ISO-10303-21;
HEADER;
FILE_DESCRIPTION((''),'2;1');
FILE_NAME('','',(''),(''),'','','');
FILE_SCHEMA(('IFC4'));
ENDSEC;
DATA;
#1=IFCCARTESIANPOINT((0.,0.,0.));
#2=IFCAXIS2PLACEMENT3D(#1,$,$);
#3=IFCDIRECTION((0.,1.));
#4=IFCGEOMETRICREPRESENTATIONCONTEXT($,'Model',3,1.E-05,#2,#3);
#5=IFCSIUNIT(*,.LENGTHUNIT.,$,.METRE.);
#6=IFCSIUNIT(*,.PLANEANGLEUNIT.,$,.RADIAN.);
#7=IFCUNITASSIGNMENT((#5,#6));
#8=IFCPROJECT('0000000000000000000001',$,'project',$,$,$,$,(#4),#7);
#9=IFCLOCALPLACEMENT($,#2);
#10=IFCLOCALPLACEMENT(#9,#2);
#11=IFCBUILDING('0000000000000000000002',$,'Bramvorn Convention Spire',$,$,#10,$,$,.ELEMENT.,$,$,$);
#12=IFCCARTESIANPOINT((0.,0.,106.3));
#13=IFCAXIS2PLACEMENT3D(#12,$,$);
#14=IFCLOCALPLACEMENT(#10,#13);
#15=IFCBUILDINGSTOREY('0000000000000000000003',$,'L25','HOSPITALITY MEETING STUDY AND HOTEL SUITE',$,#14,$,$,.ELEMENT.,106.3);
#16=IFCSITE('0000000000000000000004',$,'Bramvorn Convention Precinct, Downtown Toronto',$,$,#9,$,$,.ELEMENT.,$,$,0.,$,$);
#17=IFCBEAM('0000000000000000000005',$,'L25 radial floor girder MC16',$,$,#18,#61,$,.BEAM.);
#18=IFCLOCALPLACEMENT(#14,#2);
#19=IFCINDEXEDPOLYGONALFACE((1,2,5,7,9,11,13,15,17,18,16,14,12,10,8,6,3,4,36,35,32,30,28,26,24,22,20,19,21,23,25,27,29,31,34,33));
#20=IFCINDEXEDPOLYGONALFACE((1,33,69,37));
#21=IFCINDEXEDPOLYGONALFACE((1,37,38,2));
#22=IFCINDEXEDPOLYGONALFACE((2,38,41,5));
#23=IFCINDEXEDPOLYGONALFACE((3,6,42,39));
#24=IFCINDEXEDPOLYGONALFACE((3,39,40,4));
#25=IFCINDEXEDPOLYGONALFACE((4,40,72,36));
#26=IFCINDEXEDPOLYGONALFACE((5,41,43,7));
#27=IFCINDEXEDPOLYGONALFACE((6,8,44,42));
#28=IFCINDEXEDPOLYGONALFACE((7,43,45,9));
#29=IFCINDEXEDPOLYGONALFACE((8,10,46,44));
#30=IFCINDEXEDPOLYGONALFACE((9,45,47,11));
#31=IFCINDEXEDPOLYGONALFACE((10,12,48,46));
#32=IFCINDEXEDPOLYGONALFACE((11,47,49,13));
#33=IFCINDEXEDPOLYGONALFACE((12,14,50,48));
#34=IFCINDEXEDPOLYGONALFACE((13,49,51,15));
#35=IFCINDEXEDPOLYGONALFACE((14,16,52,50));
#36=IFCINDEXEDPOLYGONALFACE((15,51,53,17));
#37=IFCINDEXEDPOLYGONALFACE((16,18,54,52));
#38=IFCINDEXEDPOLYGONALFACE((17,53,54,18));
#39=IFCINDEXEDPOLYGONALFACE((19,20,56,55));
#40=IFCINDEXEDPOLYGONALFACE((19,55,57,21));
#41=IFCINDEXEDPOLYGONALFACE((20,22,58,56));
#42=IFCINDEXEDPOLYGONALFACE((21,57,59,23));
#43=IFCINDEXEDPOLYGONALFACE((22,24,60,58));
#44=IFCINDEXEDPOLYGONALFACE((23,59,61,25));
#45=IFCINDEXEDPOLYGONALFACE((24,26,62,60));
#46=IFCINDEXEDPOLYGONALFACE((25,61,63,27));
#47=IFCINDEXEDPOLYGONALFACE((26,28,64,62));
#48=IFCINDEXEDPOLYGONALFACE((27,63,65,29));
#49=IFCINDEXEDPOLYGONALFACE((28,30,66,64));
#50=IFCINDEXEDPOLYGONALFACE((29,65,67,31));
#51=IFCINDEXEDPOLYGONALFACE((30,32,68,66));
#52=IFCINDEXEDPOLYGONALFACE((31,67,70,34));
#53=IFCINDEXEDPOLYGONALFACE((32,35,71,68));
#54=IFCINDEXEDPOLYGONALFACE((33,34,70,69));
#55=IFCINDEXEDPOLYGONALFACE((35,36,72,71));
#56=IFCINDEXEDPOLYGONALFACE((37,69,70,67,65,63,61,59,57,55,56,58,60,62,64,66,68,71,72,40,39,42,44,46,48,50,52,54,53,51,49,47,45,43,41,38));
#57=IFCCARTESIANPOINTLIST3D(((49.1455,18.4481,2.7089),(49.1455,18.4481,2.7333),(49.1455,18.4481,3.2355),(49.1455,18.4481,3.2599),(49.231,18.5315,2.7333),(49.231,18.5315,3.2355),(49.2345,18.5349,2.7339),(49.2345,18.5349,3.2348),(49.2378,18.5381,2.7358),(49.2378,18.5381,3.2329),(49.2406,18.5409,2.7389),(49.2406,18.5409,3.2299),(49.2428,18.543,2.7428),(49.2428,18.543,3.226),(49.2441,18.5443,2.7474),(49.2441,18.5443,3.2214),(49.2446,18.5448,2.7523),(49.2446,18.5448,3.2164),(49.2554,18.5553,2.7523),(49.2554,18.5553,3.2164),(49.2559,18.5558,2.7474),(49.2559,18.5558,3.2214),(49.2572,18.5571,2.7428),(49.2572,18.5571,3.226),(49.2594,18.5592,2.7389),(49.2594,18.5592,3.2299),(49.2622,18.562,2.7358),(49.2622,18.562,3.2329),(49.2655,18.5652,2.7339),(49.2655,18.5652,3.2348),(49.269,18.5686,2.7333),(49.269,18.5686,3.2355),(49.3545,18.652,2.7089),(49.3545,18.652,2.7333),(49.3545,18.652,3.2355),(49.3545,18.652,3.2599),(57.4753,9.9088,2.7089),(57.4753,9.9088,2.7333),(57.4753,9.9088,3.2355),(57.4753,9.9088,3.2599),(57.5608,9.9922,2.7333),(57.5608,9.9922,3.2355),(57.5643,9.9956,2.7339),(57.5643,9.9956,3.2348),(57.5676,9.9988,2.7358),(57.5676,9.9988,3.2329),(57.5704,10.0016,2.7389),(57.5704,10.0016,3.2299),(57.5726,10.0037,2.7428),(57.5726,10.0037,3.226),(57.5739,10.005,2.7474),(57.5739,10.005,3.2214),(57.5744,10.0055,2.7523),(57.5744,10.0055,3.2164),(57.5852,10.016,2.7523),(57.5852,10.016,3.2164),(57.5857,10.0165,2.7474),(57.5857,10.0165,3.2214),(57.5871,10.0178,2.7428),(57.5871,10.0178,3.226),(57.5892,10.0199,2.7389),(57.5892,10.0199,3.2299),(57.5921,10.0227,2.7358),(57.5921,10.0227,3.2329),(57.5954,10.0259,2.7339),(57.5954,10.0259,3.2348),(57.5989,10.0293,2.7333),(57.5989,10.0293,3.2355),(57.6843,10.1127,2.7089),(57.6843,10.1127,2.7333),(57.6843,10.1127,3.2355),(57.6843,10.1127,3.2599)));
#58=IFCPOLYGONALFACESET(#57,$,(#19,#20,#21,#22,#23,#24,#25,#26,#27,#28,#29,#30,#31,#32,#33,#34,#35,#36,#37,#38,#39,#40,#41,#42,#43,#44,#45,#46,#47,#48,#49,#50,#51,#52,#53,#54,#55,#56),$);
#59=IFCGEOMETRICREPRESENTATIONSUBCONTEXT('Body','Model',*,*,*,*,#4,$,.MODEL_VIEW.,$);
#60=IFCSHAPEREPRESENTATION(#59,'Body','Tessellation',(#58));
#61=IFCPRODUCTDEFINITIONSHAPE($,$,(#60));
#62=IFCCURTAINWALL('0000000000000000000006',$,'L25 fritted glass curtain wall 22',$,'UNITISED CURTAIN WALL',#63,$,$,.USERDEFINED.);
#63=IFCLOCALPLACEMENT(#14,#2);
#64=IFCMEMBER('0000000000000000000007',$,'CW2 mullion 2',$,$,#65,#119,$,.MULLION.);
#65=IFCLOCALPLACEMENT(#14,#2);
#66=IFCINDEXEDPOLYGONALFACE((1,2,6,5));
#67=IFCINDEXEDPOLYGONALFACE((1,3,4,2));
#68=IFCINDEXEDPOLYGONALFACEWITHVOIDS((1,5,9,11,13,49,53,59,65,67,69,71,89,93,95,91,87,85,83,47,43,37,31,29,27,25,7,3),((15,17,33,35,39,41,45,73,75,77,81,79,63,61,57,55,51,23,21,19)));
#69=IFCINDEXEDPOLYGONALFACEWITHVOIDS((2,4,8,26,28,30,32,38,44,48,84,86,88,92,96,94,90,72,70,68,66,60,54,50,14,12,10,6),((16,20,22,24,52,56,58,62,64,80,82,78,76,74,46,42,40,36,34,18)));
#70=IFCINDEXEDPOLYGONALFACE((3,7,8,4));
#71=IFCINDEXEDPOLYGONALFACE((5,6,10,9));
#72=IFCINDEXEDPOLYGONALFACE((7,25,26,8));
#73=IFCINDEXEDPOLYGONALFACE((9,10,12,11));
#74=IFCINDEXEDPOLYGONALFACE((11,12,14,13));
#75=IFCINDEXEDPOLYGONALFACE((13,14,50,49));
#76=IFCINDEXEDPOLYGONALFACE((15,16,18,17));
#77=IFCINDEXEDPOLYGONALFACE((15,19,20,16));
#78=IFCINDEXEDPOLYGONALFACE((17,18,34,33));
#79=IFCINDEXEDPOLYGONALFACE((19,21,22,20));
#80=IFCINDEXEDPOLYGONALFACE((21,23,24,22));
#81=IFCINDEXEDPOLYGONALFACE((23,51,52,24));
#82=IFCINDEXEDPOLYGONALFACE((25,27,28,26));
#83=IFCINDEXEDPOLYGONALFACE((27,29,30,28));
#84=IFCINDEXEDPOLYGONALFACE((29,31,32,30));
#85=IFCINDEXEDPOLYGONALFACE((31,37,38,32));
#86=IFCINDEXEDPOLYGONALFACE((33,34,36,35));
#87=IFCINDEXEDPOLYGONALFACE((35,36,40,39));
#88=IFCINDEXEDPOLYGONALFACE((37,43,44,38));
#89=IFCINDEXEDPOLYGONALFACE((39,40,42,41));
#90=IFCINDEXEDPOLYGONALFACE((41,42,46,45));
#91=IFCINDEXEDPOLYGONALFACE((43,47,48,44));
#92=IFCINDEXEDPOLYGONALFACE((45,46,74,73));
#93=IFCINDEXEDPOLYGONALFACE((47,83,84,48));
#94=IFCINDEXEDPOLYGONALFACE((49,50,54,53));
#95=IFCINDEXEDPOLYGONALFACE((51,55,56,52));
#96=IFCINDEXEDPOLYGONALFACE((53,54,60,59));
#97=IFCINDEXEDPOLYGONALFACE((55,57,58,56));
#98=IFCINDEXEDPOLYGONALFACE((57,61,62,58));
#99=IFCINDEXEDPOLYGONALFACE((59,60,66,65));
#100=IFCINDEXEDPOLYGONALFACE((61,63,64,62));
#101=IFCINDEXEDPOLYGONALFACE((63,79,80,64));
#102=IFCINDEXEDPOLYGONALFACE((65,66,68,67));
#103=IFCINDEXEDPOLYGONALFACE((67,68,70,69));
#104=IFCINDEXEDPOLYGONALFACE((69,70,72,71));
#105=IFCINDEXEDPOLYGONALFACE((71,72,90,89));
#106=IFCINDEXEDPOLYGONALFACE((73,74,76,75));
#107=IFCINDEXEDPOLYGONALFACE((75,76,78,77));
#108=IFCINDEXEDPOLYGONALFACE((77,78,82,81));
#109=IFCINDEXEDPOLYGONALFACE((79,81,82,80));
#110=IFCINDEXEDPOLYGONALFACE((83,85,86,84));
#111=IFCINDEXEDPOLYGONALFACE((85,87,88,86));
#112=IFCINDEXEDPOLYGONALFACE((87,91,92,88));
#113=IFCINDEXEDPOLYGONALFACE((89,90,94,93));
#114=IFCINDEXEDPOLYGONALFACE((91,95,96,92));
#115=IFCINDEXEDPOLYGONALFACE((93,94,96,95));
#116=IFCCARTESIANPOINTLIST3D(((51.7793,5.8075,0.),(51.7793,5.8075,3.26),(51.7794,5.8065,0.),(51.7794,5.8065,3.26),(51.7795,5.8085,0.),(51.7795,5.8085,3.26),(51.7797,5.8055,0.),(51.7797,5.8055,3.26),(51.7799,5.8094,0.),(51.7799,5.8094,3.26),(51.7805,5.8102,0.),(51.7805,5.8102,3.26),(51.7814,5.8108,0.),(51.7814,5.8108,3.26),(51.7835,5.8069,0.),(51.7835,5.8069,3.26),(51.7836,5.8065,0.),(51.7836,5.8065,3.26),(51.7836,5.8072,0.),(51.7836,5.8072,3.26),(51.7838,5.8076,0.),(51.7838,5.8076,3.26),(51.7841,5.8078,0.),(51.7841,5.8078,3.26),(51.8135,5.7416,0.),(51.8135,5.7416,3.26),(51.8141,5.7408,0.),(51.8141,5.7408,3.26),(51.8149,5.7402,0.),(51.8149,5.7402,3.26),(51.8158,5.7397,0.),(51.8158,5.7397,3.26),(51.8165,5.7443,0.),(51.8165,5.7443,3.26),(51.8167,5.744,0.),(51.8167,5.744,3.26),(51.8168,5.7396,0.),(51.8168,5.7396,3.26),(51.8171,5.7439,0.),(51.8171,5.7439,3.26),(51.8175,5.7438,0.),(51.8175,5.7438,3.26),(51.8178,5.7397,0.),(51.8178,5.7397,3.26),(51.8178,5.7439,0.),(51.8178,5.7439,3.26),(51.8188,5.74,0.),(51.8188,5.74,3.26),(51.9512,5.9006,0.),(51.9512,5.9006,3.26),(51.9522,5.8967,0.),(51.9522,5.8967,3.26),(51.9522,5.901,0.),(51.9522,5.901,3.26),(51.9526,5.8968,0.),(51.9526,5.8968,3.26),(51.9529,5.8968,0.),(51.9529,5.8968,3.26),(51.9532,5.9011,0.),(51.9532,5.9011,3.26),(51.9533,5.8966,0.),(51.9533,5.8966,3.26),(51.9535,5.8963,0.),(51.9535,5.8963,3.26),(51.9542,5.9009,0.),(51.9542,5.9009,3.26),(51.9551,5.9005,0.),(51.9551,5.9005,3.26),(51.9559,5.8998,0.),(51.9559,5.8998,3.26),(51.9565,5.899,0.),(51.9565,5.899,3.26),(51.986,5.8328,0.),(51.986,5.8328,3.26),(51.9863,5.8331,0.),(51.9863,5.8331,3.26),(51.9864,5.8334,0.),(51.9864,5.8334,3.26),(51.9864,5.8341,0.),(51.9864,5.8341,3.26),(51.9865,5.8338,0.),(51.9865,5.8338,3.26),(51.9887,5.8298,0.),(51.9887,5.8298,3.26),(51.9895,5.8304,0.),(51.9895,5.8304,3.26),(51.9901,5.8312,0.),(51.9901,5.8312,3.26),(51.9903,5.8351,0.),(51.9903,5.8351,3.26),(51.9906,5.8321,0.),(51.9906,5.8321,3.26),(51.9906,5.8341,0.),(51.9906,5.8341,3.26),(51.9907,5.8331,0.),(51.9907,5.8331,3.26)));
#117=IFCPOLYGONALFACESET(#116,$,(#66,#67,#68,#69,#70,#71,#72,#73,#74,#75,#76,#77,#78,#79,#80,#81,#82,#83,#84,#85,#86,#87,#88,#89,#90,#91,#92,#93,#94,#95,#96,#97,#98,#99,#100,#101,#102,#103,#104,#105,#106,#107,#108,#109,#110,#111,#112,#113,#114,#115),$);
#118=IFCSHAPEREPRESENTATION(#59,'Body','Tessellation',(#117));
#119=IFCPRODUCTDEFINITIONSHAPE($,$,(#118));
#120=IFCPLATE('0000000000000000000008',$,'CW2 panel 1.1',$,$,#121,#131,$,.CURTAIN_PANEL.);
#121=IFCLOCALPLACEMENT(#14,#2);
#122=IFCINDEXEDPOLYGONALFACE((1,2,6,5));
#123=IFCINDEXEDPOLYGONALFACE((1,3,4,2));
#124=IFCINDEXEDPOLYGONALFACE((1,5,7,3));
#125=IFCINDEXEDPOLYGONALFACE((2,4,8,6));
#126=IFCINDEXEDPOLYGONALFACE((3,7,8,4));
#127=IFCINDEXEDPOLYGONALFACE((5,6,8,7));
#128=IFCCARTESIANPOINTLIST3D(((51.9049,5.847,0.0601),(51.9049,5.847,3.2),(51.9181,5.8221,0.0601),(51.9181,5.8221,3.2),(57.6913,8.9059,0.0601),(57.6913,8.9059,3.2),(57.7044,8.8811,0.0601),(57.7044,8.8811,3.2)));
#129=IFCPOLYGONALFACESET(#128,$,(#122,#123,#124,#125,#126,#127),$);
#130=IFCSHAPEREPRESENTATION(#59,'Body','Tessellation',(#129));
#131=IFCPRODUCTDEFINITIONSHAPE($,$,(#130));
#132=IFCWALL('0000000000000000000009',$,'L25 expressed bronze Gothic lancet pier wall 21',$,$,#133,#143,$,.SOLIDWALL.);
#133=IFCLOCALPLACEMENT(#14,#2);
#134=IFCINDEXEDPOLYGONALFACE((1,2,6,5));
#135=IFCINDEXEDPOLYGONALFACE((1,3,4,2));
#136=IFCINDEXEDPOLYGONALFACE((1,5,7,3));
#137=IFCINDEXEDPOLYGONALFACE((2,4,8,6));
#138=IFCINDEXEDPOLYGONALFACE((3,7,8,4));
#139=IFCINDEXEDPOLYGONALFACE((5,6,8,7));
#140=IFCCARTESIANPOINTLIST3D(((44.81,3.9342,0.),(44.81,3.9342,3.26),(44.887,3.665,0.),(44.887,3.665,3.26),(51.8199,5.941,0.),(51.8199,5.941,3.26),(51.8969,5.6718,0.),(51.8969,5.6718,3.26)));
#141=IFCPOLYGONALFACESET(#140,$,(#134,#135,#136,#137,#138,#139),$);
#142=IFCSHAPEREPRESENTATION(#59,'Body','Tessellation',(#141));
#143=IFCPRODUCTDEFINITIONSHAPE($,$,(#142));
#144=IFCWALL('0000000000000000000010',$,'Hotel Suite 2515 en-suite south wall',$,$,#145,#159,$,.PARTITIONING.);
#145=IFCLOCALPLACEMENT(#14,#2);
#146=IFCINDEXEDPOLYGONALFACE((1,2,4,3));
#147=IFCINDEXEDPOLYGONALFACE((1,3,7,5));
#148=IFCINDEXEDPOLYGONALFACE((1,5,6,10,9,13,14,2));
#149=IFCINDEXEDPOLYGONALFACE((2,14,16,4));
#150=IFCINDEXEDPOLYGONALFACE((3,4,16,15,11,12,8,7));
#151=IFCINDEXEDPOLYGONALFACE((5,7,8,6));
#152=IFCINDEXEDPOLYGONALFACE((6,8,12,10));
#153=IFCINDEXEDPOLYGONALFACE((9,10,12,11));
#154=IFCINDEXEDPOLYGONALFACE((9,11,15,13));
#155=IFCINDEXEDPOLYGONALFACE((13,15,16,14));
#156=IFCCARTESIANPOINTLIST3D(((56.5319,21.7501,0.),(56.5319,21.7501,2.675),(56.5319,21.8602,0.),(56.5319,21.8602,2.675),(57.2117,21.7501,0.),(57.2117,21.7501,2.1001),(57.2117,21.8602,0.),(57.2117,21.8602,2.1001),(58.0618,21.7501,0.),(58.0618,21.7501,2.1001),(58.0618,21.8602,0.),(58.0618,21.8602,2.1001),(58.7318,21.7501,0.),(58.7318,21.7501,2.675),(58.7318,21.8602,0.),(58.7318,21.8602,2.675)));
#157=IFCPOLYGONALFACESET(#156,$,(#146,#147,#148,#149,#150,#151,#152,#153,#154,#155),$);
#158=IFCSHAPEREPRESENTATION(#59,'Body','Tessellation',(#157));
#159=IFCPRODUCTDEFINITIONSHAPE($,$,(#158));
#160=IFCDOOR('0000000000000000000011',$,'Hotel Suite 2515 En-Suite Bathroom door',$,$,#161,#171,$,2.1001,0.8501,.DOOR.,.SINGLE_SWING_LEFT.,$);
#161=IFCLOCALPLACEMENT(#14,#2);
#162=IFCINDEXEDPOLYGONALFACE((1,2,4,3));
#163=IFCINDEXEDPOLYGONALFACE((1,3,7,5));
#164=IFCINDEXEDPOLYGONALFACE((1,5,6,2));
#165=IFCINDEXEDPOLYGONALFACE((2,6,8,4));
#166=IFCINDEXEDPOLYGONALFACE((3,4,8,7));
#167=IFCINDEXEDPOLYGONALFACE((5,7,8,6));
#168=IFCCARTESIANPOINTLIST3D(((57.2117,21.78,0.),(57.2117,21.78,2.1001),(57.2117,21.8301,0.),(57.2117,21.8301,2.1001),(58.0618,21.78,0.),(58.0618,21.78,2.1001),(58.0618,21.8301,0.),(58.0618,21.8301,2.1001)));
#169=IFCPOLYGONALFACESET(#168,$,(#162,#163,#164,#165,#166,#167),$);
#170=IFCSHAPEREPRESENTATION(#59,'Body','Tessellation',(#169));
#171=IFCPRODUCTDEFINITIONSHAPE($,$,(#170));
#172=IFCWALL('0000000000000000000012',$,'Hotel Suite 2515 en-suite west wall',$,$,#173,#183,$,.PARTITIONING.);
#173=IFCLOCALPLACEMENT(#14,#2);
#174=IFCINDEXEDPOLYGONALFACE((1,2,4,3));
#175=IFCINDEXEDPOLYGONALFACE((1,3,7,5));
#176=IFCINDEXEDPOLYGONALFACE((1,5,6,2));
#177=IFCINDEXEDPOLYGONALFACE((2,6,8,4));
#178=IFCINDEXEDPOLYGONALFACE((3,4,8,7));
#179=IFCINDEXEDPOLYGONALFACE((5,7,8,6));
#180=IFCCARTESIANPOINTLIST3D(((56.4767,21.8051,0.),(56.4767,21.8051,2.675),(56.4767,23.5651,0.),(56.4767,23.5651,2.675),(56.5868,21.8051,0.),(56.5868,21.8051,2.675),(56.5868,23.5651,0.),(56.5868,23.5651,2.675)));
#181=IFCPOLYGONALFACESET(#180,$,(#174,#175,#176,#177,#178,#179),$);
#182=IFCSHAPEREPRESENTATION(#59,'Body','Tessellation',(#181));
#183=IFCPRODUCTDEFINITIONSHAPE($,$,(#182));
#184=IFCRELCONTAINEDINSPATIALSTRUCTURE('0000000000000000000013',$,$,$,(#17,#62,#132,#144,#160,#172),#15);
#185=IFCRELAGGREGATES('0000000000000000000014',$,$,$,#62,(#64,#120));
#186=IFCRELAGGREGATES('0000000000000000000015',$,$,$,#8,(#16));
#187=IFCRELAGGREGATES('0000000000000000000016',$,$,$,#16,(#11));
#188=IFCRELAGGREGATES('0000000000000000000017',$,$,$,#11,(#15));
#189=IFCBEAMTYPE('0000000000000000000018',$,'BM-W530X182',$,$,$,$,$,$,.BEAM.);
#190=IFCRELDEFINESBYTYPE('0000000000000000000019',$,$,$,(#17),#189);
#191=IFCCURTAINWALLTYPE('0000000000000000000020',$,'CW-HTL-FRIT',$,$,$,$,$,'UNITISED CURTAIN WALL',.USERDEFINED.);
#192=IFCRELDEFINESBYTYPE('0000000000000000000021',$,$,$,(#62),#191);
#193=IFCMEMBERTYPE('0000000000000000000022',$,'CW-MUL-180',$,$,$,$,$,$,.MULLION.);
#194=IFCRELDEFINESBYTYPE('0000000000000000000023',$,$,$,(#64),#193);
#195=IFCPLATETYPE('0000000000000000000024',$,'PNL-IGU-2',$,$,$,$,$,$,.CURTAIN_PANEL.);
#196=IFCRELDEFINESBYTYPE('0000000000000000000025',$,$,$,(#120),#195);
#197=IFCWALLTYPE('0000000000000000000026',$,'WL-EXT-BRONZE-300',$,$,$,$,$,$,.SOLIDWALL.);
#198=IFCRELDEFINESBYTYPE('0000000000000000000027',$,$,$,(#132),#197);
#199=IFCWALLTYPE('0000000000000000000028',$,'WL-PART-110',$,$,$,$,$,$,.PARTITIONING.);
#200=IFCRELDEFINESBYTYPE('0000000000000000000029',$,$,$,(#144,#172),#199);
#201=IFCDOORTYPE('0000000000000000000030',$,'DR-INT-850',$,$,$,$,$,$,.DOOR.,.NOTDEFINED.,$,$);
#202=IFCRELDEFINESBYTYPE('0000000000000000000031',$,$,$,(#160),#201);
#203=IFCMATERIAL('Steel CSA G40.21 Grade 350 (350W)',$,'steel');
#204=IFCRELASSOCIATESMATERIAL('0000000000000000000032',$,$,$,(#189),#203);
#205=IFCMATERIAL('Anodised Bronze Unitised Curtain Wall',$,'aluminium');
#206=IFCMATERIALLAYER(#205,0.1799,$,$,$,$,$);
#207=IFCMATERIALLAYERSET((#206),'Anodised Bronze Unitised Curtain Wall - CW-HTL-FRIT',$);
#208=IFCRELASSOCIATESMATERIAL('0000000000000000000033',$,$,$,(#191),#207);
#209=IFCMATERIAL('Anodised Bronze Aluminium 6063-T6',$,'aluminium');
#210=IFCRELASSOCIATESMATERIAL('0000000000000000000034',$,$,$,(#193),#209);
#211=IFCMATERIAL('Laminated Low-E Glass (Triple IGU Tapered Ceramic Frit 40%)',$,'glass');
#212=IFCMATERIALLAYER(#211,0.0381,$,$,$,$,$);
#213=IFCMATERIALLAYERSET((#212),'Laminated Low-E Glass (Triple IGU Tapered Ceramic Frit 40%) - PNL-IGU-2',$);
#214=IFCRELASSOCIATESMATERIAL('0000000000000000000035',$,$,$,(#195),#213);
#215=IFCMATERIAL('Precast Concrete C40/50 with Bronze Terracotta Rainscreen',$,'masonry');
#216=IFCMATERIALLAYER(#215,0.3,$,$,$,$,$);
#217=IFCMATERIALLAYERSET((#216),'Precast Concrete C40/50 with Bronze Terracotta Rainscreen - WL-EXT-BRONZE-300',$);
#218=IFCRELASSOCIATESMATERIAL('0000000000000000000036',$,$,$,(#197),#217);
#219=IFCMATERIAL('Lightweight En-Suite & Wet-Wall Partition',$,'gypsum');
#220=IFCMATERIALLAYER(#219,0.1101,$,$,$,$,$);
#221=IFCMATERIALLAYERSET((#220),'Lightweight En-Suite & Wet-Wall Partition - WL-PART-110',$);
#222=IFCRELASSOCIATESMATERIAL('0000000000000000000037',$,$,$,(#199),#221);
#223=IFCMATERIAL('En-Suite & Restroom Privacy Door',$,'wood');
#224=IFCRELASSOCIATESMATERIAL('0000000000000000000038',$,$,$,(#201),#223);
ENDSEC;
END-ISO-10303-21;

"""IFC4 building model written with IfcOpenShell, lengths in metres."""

from ifc_helpers import new_model, si_unit, direction, frame, frame_2d, origin, origin_2d, place, context, subcontext, project, spatial, rectangle, hollow_rectangle, i_section, extrude, material, layer, layer_set, material_profile, profile_set, type_object, element, fill, aggregate, save


model = new_model("IFC4")

# Units and contexts
model_context = context("Model", 3, precision=1e-05, world=origin(), true_north=direction((0.0, 1.0)))
body_context = subcontext(model_context, "Body", "Model", "MODEL_VIEW")
ifc_project = project(units=[si_unit("LENGTHUNIT", "METRE"), si_unit("PLANEANGLEUNIT", "RADIAN")], contexts=[model_context])

# Site, building, storey
site_placement = place(None, origin())
site = spatial("IfcSite", under=ifc_project, at=site_placement, Name="Bramvorn Convention Precinct, Downtown Toronto", CompositionType="ELEMENT", RefElevation=0.0)
building_placement = place(site_placement, origin())
building = spatial("IfcBuilding", under=site, at=building_placement, Name="Bramvorn Convention Spire", CompositionType="ELEMENT")
storey_placement = place(building_placement, frame((0.0, 0.0, 106.3)))
storey = spatial("IfcBuildingStorey", under=building, at=storey_placement, Name="L25", Description="HOSPITALITY MEETING STUDY AND HOTEL SUITE", CompositionType="ELEMENT", Elevation=106.3)

# Shared definitions
ifc_material_1 = material(Name="Steel CSA G40.21 Grade 350 (350W)", Category="steel")

# Beam
ifc_material_profile_1 = material_profile(ifc_material_1, i_section(OverallWidth=0.292, OverallDepth=0.551, WebThickness=0.0151, FlangeThickness=0.0244, FilletRadius=0.019, at=origin_2d()))
ifc_profile_set_1 = profile_set([ifc_material_profile_1], Name="Steel CSA G40.21 Grade 350 (350W) - W530X182")
beam_type_1 = type_object("IfcBeamType", Name="BM-W530X182", PredefinedType="BEAM", material=ifc_profile_set_1)
beam_1_placement = place(storey_placement, frame((49.25, 18.55, 2.9844), z_axis=(0.698272, -0.715832, 0.0), x_axis=(0.715832, 0.698272, 0.0)))
element("IfcBeam", 1, at=beam_1_placement, inside=storey, type_object=beam_type_1, Name="L25 radial floor girder MC16", PredefinedType="BEAM", context=body_context, shape_type="SweptSolid", body=[
    extrude(i_section(OverallWidth=0.292, OverallDepth=0.551, WebThickness=0.0151, FlangeThickness=0.0244, FilletRadius=0.019, at=origin_2d()), origin(), (0.0, 0.0, 1.0), 11.9292),
])

# Curtain wall, member, plate
ifc_material_2 = material(Name="Anodised Bronze Unitised Curtain Wall", Category="aluminium")
ifc_layer_1 = layer(ifc_material_2, 0.1799)
ifc_layer_set_1 = layer_set([ifc_layer_1], Name="Anodised Bronze Unitised Curtain Wall - CW-HTL-FRIT")
curtain_wall_type = type_object("IfcCurtainWallType", Name="CW-HTL-FRIT", ElementType="UNITISED CURTAIN WALL", PredefinedType="USERDEFINED", material=ifc_layer_set_1)
curtain_wall_placement = place(storey_placement, origin())
curtain_wall = element("IfcCurtainWall", 2, at=curtain_wall_placement, inside=storey, type_object=curtain_wall_type, Name="L25 fritted glass curtain wall 22", ObjectType="UNITISED CURTAIN WALL", PredefinedType="USERDEFINED")
ifc_material_3 = material(Name="Anodised Bronze Aluminium 6063-T6", Category="aluminium")
ifc_material_profile_2 = material_profile(ifc_material_3, hollow_rectangle(XDim=0.0801, YDim=0.2, WallThickness=0.0039, InnerFilletRadius=0.001, OuterFilletRadius=0.0039, at=origin_2d()))
ifc_profile_set_2 = profile_set([ifc_material_profile_2], Name="Anodised Bronze Aluminium 6063-T6 - CWM80X200")
member_type = type_object("IfcMemberType", Name="CW-MUL-180", PredefinedType="MULLION", material=ifc_profile_set_2)
member_placement = place(storey_placement, frame((51.885, 5.8203, 0.0), z_axis=(0.0, 0.0, 1.0), x_axis=(0.46736, -0.884067, 0.0)))
member = element("IfcMember", 3, at=member_placement, type_object=member_type, Name="CW2 mullion 2", PredefinedType="MULLION", context=body_context, shape_type="SweptSolid", body=[
    extrude(hollow_rectangle(XDim=0.0801, YDim=0.2, WallThickness=0.0039, InnerFilletRadius=0.001, OuterFilletRadius=0.0039, at=origin_2d()), origin(), (0.0, 0.0, 1.0), 3.26),
])
ifc_material_4 = material(Name="Laminated Low-E Glass (Triple IGU Tapered Ceramic Frit 40%)", Category="glass")
ifc_layer_2 = layer(ifc_material_4, 0.0381)
ifc_layer_set_2 = layer_set([ifc_layer_2], Name="Laminated Low-E Glass (Triple IGU Tapered Ceramic Frit 40%) - PNL-IGU-2")
plate_type = type_object("IfcPlateType", Name="PNL-IGU-2", PredefinedType="CURTAIN_PANEL", material=ifc_layer_set_2)
plate_placement = place(storey_placement, frame((54.8047, 7.364, 0.0601), z_axis=(0.0, 0.0, 1.0), x_axis=(-0.884067, -0.46736, 0.0)))
plate = element("IfcPlate", 4, at=plate_placement, type_object=plate_type, Name="CW2 panel 1.1", PredefinedType="CURTAIN_PANEL", context=body_context, shape_type="SweptSolid", body=[
    extrude(rectangle(XDim=6.5452, YDim=0.0281, at=origin_2d()), origin(), (0.0, 0.0, 1.0), 3.1399),
])
aggregate(curtain_wall, [member, plate])

# Wall
ifc_material_5 = material(Name="Precast Concrete C40/50 with Bronze Terracotta Rainscreen", Category="masonry")
ifc_layer_3 = layer(ifc_material_5, 0.3)
ifc_layer_set_3 = layer_set([ifc_layer_3], Name="Precast Concrete C40/50 with Bronze Terracotta Rainscreen - WL-EXT-BRONZE-300")
wall_type_1 = type_object("IfcWallType", Name="WL-EXT-BRONZE-300", PredefinedType="SOLIDWALL", material=ifc_layer_set_3)
wall_1_placement = place(storey_placement, frame((51.8584, 5.8064, 0.0), z_axis=(0.0, 0.0, 1.0), x_axis=(-0.96138, -0.275225, 0.0)))
element("IfcWall", 5, at=wall_1_placement, inside=storey, type_object=wall_type_1, Name="L25 expressed bronze Gothic lancet pier wall 21", PredefinedType="SOLIDWALL", context=body_context, shape_type="SweptSolid", body=[
    extrude(rectangle(XDim=7.2915, YDim=0.28, at=frame_2d((3.6458, 0.0))), origin(), (0.0, 0.0, 1.0), 3.26),
])

# Wall, opening, door
ifc_material_6 = material(Name="Lightweight En-Suite & Wet-Wall Partition", Category="gypsum")
ifc_layer_4 = layer(ifc_material_6, 0.1101)
ifc_layer_set_4 = layer_set([ifc_layer_4], Name="Lightweight En-Suite & Wet-Wall Partition - WL-PART-110")
wall_type_2 = type_object("IfcWallType", Name="WL-PART-110", PredefinedType="PARTITIONING", material=ifc_layer_set_4)
wall_2_placement = place(storey_placement, frame((56.5317, 21.8052, 0.0), z_axis=(0.0, 0.0, 1.0), x_axis=(1.0, 0.0, 0.0)))
wall_2 = element("IfcWall", 6, at=wall_2_placement, inside=storey, type_object=wall_type_2, Name="Hotel Suite 2515 en-suite south wall", PredefinedType="PARTITIONING", context=body_context, shape_type="SweptSolid", body=[
    extrude(rectangle(XDim=2.2, YDim=0.1101, at=frame_2d((1.1001, 0.0))), origin(), (0.0, 0.0, 1.0), 2.675),
])
opening_1_placement = place(wall_2_placement, frame((0.6799, 0.0, 0.0)))
opening_1 = element("IfcOpeningElement", 7, at=opening_1_placement, cuts=wall_2, PredefinedType="OPENING", context=body_context, shape_type="SweptSolid", body=[
    extrude(rectangle(XDim=0.8501, YDim=2.1001, at=frame_2d((0.425, 1.05))), frame((0.0, 0.0649, 0.0), z_axis=(0.0, -1.0, 0.0), x_axis=(1.0, 0.0, 0.0)), (0.0, 0.0, 1.0), 0.1301),
])
ifc_material_7 = material(Name="En-Suite & Restroom Privacy Door", Category="wood")
door_type_1 = type_object("IfcDoorType", Name="DR-INT-850", OperationType="NOTDEFINED", PredefinedType="DOOR", material=ifc_material_7)
door_1_placement = place(opening_1_placement, origin())
door_1 = element("IfcDoor", 8, at=door_1_placement, inside=storey, type_object=door_type_1, Name="Hotel Suite 2515 En-Suite Bathroom door", OperationType="SINGLE_SWING_LEFT", OverallHeight=2.1001, OverallWidth=0.8501, PredefinedType="DOOR", context=body_context, shape_type="SweptSolid", body=[
    extrude(rectangle(XDim=0.8501, YDim=2.1001, at=frame_2d((0.425, 1.05))), frame((0.0, 0.0249, 0.0), z_axis=(0.0, -1.0, 0.0), x_axis=(1.0, 0.0, 0.0)), (0.0, 0.0, 1.0), 0.05),
])
fill(opening_1, door_1)

# Wall
wall_3_placement = place(storey_placement, frame((56.5317, 21.8052, 0.0), z_axis=(0.0, 0.0, 1.0), x_axis=(0.0, 1.0, 0.0)))
element("IfcWall", 9, at=wall_3_placement, inside=storey, type_object=wall_type_2, Name="Hotel Suite 2515 en-suite west wall", PredefinedType="PARTITIONING", context=body_context, shape_type="SweptSolid", body=[
    extrude(rectangle(XDim=1.76, YDim=0.1101, at=frame_2d((0.8799, 0.0))), origin(), (0.0, 0.0, 1.0), 2.675),
])

save(model, "model.ifc")
